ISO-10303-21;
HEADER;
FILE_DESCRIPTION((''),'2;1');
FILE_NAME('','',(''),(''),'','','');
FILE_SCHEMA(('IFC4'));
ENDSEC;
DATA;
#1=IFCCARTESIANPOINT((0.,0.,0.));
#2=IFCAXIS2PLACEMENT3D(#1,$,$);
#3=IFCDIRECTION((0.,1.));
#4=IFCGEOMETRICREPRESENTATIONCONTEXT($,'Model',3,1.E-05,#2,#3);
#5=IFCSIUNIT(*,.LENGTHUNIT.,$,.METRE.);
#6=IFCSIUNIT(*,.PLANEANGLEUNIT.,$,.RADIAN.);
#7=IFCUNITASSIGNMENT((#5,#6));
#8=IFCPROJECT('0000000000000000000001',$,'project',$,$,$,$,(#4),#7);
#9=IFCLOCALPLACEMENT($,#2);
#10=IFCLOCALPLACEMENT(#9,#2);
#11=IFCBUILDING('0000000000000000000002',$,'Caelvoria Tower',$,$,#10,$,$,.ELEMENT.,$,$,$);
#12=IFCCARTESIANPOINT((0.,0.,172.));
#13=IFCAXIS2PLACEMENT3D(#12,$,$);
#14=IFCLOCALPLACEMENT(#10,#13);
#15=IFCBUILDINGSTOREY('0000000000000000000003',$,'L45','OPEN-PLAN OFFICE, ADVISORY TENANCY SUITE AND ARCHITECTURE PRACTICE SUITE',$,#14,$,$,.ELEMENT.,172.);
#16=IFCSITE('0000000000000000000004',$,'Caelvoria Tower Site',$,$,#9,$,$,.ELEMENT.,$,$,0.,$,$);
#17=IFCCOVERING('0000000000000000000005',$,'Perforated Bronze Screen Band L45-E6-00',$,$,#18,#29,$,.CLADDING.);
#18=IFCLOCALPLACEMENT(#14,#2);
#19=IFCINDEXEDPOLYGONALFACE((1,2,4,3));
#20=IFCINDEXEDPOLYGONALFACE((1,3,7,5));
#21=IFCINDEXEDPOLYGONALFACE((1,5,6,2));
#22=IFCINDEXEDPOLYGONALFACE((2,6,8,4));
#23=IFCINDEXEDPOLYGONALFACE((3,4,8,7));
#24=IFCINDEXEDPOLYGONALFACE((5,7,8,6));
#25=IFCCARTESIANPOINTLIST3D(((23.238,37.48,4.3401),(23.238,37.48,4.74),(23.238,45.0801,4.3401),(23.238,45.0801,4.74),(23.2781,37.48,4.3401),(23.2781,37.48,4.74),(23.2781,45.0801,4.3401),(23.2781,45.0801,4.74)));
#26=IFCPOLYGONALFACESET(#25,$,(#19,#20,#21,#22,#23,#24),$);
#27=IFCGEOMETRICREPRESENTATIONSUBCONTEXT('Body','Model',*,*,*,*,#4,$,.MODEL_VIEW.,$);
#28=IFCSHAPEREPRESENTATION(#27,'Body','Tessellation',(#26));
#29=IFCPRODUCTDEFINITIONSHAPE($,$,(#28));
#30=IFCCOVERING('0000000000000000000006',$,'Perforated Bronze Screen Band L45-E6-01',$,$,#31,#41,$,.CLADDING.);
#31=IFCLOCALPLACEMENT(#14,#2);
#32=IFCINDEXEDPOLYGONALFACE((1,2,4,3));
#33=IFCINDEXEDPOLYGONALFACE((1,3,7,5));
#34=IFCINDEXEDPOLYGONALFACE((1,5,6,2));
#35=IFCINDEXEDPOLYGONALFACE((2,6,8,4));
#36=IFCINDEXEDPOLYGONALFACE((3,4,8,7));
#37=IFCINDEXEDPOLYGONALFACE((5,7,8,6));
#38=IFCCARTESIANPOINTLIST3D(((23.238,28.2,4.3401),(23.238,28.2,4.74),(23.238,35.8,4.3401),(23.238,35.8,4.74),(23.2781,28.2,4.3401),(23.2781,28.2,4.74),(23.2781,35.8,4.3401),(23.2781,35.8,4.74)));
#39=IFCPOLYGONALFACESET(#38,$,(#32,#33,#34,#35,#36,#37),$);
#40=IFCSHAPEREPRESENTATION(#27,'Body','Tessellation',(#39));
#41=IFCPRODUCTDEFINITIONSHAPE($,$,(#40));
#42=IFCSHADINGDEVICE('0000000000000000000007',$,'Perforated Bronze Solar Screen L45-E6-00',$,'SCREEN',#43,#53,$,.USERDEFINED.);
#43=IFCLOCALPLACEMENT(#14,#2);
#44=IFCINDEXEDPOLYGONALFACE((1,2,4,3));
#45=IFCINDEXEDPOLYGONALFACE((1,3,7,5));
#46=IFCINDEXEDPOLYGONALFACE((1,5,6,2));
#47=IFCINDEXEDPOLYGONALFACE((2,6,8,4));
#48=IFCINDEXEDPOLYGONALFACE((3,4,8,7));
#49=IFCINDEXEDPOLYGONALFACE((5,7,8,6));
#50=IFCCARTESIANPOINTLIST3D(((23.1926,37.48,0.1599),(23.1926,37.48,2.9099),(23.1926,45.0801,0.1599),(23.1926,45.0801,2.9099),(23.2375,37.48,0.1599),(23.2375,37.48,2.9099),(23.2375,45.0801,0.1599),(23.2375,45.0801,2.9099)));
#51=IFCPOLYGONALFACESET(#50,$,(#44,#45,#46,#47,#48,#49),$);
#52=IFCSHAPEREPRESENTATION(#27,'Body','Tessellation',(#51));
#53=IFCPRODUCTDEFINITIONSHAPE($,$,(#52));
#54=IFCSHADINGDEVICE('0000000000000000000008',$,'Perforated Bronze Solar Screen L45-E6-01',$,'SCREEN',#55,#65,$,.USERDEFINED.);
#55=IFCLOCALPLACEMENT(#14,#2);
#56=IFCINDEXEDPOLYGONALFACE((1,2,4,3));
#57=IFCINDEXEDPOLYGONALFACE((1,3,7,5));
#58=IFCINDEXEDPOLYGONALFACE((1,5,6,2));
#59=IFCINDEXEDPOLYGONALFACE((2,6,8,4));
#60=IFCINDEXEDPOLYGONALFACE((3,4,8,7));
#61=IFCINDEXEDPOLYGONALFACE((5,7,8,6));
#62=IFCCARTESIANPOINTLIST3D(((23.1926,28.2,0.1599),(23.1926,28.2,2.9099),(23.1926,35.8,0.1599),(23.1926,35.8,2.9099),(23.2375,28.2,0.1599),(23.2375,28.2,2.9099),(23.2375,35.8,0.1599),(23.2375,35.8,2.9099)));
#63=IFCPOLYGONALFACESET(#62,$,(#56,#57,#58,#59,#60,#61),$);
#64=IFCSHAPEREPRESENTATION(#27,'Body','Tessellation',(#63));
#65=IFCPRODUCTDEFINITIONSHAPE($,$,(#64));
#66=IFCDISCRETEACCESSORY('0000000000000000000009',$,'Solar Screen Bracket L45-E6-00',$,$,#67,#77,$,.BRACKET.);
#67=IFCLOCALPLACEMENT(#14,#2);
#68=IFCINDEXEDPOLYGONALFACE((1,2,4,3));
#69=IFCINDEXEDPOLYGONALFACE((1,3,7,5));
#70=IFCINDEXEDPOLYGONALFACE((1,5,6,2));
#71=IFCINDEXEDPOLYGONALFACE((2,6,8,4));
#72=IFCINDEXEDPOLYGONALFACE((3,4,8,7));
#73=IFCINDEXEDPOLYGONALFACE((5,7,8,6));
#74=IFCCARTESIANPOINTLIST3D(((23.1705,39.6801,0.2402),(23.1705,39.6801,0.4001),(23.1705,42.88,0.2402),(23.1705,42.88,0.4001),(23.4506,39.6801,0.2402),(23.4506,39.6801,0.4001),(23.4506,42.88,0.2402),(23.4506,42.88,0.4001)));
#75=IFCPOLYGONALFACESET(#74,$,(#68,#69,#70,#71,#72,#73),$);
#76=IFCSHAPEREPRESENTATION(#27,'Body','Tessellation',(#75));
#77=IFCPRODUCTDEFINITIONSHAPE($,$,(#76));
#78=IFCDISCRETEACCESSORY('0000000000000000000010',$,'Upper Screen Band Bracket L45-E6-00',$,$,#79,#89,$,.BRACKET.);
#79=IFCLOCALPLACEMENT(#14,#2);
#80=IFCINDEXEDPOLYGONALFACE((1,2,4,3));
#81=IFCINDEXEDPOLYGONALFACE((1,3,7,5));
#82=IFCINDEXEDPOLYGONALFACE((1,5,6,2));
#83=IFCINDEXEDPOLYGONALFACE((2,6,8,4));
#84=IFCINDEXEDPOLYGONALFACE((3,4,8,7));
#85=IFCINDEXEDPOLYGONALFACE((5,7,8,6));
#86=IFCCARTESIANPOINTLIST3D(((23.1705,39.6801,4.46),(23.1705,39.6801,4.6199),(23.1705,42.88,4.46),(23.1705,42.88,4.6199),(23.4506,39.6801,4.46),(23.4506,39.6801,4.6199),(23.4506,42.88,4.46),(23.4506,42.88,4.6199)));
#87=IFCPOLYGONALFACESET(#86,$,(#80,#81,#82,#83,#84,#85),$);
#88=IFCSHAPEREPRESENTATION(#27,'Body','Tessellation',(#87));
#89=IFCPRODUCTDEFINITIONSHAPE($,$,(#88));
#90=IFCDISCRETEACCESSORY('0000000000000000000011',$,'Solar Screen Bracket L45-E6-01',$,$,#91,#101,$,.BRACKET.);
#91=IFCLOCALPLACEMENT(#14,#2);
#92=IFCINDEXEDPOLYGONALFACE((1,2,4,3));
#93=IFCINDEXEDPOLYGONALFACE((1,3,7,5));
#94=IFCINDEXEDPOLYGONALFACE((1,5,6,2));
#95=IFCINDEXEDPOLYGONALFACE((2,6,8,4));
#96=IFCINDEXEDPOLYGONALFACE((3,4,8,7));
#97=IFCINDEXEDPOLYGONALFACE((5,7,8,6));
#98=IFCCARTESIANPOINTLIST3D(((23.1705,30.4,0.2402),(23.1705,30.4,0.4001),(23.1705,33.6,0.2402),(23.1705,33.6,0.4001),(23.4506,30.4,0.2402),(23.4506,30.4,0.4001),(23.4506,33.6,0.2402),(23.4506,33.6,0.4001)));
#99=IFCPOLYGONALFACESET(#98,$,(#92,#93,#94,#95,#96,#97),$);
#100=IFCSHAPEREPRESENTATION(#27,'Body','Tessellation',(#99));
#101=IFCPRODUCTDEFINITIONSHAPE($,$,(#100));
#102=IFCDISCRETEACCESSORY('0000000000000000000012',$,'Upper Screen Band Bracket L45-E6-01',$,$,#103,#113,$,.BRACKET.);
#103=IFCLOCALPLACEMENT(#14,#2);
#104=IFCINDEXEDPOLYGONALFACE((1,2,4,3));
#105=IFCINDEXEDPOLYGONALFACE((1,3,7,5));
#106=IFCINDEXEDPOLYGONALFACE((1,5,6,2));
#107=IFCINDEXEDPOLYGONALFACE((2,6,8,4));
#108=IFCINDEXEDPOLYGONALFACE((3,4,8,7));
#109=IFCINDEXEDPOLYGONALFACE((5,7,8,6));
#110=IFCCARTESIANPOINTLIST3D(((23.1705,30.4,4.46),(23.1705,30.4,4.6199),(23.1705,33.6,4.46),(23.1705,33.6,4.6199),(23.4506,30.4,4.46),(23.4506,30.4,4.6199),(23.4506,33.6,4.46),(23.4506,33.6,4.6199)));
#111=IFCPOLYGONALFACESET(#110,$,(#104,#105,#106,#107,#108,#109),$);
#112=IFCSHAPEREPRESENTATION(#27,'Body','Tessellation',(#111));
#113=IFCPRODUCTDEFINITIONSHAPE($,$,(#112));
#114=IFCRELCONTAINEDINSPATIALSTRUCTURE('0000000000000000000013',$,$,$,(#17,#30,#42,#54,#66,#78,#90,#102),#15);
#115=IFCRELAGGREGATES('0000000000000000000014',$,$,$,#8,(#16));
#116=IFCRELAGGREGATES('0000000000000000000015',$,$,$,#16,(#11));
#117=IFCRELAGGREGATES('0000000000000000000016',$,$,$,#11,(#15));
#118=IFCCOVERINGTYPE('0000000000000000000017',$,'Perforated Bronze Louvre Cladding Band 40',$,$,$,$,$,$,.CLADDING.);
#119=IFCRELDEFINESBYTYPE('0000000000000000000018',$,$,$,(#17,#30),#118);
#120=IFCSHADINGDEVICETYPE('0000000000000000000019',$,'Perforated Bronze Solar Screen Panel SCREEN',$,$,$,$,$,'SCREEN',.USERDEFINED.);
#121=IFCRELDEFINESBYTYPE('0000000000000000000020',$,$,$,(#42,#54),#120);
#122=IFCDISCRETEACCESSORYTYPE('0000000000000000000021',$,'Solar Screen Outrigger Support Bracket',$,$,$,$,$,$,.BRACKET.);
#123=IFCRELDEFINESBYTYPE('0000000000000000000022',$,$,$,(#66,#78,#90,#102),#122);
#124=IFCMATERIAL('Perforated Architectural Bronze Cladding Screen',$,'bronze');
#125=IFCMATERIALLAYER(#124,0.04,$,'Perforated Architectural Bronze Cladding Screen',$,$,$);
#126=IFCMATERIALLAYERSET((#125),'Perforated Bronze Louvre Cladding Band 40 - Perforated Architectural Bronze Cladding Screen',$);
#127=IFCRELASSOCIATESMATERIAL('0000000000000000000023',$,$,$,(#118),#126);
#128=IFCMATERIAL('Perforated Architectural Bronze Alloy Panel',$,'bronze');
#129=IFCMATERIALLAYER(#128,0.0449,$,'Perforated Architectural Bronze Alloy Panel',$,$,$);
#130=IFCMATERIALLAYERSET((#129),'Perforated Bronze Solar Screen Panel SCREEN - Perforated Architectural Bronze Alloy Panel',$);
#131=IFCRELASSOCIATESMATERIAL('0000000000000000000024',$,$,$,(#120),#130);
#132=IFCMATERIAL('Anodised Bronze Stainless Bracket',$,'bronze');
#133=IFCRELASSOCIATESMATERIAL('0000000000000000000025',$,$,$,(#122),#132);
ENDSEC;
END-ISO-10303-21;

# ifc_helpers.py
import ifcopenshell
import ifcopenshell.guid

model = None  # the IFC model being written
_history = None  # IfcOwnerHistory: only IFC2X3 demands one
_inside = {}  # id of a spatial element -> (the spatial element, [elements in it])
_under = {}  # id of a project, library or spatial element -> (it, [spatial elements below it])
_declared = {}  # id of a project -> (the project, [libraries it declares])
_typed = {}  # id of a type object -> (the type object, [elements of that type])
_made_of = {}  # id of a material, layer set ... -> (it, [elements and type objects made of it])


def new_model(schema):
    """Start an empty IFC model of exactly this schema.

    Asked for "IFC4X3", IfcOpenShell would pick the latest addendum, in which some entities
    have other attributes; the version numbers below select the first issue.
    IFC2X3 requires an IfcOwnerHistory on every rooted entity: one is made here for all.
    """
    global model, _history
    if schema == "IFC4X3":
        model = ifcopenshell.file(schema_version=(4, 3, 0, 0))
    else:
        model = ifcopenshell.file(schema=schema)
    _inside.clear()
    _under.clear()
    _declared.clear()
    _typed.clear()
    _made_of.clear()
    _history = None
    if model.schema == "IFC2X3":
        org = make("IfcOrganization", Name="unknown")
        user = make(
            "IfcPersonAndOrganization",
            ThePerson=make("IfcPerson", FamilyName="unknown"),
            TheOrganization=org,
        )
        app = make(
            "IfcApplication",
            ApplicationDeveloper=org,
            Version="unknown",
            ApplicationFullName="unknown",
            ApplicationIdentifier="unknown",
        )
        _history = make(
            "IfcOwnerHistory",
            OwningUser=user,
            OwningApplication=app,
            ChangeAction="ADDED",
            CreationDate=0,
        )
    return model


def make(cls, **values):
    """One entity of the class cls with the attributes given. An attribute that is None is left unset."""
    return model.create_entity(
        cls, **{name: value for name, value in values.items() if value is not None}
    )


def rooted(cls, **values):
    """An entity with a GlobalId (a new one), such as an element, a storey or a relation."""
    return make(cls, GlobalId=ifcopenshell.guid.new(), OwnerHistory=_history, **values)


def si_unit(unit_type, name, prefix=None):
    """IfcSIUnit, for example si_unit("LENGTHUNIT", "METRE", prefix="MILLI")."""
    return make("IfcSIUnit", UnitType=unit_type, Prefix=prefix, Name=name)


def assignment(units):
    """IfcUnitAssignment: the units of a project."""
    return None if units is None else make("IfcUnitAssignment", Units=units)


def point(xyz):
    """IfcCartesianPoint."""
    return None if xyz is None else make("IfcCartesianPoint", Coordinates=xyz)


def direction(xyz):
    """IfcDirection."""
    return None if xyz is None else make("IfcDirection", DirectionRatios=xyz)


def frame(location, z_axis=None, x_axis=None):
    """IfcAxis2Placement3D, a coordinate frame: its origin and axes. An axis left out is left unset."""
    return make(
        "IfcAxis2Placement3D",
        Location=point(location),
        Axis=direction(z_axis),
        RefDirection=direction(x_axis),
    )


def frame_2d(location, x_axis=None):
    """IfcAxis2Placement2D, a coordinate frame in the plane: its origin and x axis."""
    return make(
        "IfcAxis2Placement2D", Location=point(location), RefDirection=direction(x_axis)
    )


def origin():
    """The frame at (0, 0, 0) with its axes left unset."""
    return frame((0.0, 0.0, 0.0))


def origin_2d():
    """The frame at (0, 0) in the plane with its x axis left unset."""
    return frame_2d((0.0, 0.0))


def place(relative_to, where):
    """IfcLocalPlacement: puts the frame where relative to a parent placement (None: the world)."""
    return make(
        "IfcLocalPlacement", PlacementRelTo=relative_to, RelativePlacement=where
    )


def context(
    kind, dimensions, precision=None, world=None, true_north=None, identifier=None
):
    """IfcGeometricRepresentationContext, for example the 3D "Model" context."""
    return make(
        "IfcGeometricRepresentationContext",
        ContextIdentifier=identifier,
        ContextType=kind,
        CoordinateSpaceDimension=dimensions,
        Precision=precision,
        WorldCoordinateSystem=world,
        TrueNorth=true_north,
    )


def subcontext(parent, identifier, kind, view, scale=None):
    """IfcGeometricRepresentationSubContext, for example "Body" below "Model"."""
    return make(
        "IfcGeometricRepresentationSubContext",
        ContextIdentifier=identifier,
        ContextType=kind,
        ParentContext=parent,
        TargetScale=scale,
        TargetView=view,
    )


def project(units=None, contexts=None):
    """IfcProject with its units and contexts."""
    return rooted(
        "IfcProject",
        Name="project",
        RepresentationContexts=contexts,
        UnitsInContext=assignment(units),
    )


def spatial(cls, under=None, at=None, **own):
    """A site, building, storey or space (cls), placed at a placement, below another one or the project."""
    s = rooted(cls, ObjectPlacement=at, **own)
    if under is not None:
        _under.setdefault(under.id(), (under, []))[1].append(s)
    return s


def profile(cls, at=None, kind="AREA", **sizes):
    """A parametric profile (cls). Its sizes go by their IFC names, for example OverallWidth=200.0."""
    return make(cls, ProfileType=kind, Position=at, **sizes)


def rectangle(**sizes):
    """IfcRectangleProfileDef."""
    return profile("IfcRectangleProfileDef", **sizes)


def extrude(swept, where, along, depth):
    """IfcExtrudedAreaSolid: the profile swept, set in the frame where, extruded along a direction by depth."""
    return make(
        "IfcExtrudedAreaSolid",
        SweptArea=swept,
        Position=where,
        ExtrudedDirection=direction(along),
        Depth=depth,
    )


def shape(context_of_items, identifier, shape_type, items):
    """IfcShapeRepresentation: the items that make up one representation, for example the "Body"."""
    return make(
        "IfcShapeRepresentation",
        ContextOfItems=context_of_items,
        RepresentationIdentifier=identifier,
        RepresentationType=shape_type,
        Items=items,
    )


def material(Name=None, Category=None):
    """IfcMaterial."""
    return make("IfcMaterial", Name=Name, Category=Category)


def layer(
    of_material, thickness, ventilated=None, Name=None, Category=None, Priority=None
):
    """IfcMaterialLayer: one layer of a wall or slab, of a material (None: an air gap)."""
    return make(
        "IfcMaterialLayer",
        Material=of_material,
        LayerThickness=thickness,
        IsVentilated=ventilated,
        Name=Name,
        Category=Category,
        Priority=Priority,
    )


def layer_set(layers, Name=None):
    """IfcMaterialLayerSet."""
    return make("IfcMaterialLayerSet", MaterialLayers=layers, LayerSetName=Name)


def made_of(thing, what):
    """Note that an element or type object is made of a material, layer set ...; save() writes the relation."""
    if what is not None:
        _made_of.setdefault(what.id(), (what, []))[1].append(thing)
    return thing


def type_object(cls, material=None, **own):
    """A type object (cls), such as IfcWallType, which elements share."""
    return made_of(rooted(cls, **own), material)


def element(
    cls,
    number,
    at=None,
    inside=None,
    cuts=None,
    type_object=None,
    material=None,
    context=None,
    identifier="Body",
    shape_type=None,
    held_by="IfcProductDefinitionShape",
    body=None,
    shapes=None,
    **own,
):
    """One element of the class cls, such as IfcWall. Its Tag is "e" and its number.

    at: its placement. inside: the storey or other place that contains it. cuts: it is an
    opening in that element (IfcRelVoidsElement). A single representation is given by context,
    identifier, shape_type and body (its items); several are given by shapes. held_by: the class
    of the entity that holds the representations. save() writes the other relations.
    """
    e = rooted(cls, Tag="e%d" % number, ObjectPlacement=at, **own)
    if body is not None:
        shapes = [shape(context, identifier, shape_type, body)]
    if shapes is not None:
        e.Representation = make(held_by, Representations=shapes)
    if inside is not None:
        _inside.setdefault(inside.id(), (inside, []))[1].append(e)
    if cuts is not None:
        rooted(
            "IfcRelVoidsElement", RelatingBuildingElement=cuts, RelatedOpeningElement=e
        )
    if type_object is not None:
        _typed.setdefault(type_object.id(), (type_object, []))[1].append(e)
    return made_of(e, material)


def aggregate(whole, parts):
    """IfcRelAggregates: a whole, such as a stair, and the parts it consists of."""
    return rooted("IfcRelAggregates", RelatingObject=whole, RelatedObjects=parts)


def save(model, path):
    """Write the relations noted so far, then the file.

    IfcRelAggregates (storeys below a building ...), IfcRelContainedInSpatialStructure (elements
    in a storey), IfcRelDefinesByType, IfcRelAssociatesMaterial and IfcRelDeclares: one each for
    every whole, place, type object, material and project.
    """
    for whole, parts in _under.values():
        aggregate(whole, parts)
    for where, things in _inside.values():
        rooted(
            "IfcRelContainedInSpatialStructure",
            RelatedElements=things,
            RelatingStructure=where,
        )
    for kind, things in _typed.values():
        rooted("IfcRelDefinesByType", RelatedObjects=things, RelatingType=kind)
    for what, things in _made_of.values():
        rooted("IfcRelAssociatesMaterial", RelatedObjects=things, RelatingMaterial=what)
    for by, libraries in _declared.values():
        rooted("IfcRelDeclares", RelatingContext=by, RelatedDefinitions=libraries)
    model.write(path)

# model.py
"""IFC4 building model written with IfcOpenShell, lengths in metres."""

from ifc_helpers import new_model, si_unit, direction, frame, origin, origin_2d, place, context, subcontext, project, spatial, rectangle, extrude, material, layer, layer_set, type_object, element, save


model = new_model("IFC4")

# Units and contexts
model_context = context("Model", 3, precision=1e-05, world=origin(), true_north=direction((0.0, 1.0)))
body_context = subcontext(model_context, "Body", "Model", "MODEL_VIEW")
ifc_project = project(units=[si_unit("LENGTHUNIT", "METRE"), si_unit("PLANEANGLEUNIT", "RADIAN")], contexts=[model_context])

# Site, building, storey
site_placement = place(None, origin())
site = spatial("IfcSite", under=ifc_project, at=site_placement, Name="Caelvoria Tower Site", CompositionType="ELEMENT", RefElevation=0.0)
building_placement = place(site_placement, origin())
building = spatial("IfcBuilding", under=site, at=building_placement, Name="Caelvoria Tower", CompositionType="ELEMENT")
storey_placement = place(building_placement, frame((0.0, 0.0, 172.0)))
storey = spatial("IfcBuildingStorey", under=building, at=storey_placement, Name="L45", Description="OPEN-PLAN OFFICE, ADVISORY TENANCY SUITE AND ARCHITECTURE PRACTICE SUITE", CompositionType="ELEMENT", Elevation=172.0)

# Coverings
ifc_material_1 = material(Name="Perforated Architectural Bronze Cladding Screen", Category="bronze")
ifc_layer_1 = layer(ifc_material_1, 0.04, Name="Perforated Architectural Bronze Cladding Screen")
ifc_layer_set_1 = layer_set([ifc_layer_1], Name="Perforated Bronze Louvre Cladding Band 40 - Perforated Architectural Bronze Cladding Screen")
covering_type = type_object("IfcCoveringType", Name="Perforated Bronze Louvre Cladding Band 40", PredefinedType="CLADDING", material=ifc_layer_set_1)
for number, where, z_axis, x_axis, name in (
    (1, (23.2581, 41.28, 4.3401), (0.0, 0.0, 1.0), (0.0, -1.0, 0.0), "Perforated Bronze Screen Band L45-E6-00"),
    (2, (23.2581, 32.0, 4.3401), (0.0, 0.0, 1.0), (0.0, -1.0, 0.0), "Perforated Bronze Screen Band L45-E6-01"),
):
    element("IfcCovering", number, at=place(storey_placement, frame(where, z_axis=z_axis, x_axis=x_axis)), inside=storey, type_object=covering_type, Name=name, PredefinedType="CLADDING", context=body_context, shape_type="SweptSolid", body=[
        extrude(rectangle(XDim=7.6001, YDim=0.04, at=origin_2d()), origin(), (0.0, 0.0, 1.0), 0.3999),
    ])

# Shading devices
ifc_material_2 = material(Name="Perforated Architectural Bronze Alloy Panel", Category="bronze")
ifc_layer_2 = layer(ifc_material_2, 0.0449, Name="Perforated Architectural Bronze Alloy Panel")
ifc_layer_set_2 = layer_set([ifc_layer_2], Name="Perforated Bronze Solar Screen Panel SCREEN - Perforated Architectural Bronze Alloy Panel")
shading_device_type = type_object("IfcShadingDeviceType", Name="Perforated Bronze Solar Screen Panel SCREEN", ElementType="SCREEN", PredefinedType="USERDEFINED", material=ifc_layer_set_2)
for number, where, z_axis, x_axis, name in (
    (3, (23.2151, 41.28, 0.1599), (0.0, 0.0, 1.0), (0.0, -1.0, 0.0), "Perforated Bronze Solar Screen L45-E6-00"),
    (4, (23.2151, 32.0, 0.1599), (0.0, 0.0, 1.0), (0.0, -1.0, 0.0), "Perforated Bronze Solar Screen L45-E6-01"),
):
    element("IfcShadingDevice", number, at=place(storey_placement, frame(where, z_axis=z_axis, x_axis=x_axis)), inside=storey, type_object=shading_device_type, Name=name, ObjectType="SCREEN", PredefinedType="USERDEFINED", context=body_context, shape_type="SweptSolid", body=[
        extrude(rectangle(XDim=7.6001, YDim=0.0449, at=origin_2d()), origin(), (0.0, 0.0, 1.0), 2.75),
    ])

# Discrete accessories
ifc_material_3 = material(Name="Anodised Bronze Stainless Bracket", Category="bronze")
discrete_accessory_type = type_object("IfcDiscreteAccessoryType", Name="Solar Screen Outrigger Support Bracket", PredefinedType="BRACKET", material=ifc_material_3)
for number, where, z_axis, x_axis, name in (
    (5, (23.3105, 41.28, 0.2402), (0.0, 0.0, 1.0), (0.0, -1.0, 0.0), "Solar Screen Bracket L45-E6-00"),
    (6, (23.3105, 41.28, 4.46), (0.0, 0.0, 1.0), (0.0, -1.0, 0.0), "Upper Screen Band Bracket L45-E6-00"),
    (7, (23.3105, 32.0, 0.2402), (0.0, 0.0, 1.0), (0.0, -1.0, 0.0), "Solar Screen Bracket L45-E6-01"),
    (8, (23.3105, 32.0, 4.46), (0.0, 0.0, 1.0), (0.0, -1.0, 0.0), "Upper Screen Band Bracket L45-E6-01"),
):
    element("IfcDiscreteAccessory", number, at=place(storey_placement, frame(where, z_axis=z_axis, x_axis=x_axis)), inside=storey, type_object=discrete_accessory_type, Name=name, PredefinedType="BRACKET", context=body_context, shape_type="SweptSolid", body=[
        extrude(rectangle(XDim=3.2, YDim=0.28, at=origin_2d()), origin(), (0.0, 0.0, 1.0), 0.1599),
    ])

save(model, "model.ifc")
